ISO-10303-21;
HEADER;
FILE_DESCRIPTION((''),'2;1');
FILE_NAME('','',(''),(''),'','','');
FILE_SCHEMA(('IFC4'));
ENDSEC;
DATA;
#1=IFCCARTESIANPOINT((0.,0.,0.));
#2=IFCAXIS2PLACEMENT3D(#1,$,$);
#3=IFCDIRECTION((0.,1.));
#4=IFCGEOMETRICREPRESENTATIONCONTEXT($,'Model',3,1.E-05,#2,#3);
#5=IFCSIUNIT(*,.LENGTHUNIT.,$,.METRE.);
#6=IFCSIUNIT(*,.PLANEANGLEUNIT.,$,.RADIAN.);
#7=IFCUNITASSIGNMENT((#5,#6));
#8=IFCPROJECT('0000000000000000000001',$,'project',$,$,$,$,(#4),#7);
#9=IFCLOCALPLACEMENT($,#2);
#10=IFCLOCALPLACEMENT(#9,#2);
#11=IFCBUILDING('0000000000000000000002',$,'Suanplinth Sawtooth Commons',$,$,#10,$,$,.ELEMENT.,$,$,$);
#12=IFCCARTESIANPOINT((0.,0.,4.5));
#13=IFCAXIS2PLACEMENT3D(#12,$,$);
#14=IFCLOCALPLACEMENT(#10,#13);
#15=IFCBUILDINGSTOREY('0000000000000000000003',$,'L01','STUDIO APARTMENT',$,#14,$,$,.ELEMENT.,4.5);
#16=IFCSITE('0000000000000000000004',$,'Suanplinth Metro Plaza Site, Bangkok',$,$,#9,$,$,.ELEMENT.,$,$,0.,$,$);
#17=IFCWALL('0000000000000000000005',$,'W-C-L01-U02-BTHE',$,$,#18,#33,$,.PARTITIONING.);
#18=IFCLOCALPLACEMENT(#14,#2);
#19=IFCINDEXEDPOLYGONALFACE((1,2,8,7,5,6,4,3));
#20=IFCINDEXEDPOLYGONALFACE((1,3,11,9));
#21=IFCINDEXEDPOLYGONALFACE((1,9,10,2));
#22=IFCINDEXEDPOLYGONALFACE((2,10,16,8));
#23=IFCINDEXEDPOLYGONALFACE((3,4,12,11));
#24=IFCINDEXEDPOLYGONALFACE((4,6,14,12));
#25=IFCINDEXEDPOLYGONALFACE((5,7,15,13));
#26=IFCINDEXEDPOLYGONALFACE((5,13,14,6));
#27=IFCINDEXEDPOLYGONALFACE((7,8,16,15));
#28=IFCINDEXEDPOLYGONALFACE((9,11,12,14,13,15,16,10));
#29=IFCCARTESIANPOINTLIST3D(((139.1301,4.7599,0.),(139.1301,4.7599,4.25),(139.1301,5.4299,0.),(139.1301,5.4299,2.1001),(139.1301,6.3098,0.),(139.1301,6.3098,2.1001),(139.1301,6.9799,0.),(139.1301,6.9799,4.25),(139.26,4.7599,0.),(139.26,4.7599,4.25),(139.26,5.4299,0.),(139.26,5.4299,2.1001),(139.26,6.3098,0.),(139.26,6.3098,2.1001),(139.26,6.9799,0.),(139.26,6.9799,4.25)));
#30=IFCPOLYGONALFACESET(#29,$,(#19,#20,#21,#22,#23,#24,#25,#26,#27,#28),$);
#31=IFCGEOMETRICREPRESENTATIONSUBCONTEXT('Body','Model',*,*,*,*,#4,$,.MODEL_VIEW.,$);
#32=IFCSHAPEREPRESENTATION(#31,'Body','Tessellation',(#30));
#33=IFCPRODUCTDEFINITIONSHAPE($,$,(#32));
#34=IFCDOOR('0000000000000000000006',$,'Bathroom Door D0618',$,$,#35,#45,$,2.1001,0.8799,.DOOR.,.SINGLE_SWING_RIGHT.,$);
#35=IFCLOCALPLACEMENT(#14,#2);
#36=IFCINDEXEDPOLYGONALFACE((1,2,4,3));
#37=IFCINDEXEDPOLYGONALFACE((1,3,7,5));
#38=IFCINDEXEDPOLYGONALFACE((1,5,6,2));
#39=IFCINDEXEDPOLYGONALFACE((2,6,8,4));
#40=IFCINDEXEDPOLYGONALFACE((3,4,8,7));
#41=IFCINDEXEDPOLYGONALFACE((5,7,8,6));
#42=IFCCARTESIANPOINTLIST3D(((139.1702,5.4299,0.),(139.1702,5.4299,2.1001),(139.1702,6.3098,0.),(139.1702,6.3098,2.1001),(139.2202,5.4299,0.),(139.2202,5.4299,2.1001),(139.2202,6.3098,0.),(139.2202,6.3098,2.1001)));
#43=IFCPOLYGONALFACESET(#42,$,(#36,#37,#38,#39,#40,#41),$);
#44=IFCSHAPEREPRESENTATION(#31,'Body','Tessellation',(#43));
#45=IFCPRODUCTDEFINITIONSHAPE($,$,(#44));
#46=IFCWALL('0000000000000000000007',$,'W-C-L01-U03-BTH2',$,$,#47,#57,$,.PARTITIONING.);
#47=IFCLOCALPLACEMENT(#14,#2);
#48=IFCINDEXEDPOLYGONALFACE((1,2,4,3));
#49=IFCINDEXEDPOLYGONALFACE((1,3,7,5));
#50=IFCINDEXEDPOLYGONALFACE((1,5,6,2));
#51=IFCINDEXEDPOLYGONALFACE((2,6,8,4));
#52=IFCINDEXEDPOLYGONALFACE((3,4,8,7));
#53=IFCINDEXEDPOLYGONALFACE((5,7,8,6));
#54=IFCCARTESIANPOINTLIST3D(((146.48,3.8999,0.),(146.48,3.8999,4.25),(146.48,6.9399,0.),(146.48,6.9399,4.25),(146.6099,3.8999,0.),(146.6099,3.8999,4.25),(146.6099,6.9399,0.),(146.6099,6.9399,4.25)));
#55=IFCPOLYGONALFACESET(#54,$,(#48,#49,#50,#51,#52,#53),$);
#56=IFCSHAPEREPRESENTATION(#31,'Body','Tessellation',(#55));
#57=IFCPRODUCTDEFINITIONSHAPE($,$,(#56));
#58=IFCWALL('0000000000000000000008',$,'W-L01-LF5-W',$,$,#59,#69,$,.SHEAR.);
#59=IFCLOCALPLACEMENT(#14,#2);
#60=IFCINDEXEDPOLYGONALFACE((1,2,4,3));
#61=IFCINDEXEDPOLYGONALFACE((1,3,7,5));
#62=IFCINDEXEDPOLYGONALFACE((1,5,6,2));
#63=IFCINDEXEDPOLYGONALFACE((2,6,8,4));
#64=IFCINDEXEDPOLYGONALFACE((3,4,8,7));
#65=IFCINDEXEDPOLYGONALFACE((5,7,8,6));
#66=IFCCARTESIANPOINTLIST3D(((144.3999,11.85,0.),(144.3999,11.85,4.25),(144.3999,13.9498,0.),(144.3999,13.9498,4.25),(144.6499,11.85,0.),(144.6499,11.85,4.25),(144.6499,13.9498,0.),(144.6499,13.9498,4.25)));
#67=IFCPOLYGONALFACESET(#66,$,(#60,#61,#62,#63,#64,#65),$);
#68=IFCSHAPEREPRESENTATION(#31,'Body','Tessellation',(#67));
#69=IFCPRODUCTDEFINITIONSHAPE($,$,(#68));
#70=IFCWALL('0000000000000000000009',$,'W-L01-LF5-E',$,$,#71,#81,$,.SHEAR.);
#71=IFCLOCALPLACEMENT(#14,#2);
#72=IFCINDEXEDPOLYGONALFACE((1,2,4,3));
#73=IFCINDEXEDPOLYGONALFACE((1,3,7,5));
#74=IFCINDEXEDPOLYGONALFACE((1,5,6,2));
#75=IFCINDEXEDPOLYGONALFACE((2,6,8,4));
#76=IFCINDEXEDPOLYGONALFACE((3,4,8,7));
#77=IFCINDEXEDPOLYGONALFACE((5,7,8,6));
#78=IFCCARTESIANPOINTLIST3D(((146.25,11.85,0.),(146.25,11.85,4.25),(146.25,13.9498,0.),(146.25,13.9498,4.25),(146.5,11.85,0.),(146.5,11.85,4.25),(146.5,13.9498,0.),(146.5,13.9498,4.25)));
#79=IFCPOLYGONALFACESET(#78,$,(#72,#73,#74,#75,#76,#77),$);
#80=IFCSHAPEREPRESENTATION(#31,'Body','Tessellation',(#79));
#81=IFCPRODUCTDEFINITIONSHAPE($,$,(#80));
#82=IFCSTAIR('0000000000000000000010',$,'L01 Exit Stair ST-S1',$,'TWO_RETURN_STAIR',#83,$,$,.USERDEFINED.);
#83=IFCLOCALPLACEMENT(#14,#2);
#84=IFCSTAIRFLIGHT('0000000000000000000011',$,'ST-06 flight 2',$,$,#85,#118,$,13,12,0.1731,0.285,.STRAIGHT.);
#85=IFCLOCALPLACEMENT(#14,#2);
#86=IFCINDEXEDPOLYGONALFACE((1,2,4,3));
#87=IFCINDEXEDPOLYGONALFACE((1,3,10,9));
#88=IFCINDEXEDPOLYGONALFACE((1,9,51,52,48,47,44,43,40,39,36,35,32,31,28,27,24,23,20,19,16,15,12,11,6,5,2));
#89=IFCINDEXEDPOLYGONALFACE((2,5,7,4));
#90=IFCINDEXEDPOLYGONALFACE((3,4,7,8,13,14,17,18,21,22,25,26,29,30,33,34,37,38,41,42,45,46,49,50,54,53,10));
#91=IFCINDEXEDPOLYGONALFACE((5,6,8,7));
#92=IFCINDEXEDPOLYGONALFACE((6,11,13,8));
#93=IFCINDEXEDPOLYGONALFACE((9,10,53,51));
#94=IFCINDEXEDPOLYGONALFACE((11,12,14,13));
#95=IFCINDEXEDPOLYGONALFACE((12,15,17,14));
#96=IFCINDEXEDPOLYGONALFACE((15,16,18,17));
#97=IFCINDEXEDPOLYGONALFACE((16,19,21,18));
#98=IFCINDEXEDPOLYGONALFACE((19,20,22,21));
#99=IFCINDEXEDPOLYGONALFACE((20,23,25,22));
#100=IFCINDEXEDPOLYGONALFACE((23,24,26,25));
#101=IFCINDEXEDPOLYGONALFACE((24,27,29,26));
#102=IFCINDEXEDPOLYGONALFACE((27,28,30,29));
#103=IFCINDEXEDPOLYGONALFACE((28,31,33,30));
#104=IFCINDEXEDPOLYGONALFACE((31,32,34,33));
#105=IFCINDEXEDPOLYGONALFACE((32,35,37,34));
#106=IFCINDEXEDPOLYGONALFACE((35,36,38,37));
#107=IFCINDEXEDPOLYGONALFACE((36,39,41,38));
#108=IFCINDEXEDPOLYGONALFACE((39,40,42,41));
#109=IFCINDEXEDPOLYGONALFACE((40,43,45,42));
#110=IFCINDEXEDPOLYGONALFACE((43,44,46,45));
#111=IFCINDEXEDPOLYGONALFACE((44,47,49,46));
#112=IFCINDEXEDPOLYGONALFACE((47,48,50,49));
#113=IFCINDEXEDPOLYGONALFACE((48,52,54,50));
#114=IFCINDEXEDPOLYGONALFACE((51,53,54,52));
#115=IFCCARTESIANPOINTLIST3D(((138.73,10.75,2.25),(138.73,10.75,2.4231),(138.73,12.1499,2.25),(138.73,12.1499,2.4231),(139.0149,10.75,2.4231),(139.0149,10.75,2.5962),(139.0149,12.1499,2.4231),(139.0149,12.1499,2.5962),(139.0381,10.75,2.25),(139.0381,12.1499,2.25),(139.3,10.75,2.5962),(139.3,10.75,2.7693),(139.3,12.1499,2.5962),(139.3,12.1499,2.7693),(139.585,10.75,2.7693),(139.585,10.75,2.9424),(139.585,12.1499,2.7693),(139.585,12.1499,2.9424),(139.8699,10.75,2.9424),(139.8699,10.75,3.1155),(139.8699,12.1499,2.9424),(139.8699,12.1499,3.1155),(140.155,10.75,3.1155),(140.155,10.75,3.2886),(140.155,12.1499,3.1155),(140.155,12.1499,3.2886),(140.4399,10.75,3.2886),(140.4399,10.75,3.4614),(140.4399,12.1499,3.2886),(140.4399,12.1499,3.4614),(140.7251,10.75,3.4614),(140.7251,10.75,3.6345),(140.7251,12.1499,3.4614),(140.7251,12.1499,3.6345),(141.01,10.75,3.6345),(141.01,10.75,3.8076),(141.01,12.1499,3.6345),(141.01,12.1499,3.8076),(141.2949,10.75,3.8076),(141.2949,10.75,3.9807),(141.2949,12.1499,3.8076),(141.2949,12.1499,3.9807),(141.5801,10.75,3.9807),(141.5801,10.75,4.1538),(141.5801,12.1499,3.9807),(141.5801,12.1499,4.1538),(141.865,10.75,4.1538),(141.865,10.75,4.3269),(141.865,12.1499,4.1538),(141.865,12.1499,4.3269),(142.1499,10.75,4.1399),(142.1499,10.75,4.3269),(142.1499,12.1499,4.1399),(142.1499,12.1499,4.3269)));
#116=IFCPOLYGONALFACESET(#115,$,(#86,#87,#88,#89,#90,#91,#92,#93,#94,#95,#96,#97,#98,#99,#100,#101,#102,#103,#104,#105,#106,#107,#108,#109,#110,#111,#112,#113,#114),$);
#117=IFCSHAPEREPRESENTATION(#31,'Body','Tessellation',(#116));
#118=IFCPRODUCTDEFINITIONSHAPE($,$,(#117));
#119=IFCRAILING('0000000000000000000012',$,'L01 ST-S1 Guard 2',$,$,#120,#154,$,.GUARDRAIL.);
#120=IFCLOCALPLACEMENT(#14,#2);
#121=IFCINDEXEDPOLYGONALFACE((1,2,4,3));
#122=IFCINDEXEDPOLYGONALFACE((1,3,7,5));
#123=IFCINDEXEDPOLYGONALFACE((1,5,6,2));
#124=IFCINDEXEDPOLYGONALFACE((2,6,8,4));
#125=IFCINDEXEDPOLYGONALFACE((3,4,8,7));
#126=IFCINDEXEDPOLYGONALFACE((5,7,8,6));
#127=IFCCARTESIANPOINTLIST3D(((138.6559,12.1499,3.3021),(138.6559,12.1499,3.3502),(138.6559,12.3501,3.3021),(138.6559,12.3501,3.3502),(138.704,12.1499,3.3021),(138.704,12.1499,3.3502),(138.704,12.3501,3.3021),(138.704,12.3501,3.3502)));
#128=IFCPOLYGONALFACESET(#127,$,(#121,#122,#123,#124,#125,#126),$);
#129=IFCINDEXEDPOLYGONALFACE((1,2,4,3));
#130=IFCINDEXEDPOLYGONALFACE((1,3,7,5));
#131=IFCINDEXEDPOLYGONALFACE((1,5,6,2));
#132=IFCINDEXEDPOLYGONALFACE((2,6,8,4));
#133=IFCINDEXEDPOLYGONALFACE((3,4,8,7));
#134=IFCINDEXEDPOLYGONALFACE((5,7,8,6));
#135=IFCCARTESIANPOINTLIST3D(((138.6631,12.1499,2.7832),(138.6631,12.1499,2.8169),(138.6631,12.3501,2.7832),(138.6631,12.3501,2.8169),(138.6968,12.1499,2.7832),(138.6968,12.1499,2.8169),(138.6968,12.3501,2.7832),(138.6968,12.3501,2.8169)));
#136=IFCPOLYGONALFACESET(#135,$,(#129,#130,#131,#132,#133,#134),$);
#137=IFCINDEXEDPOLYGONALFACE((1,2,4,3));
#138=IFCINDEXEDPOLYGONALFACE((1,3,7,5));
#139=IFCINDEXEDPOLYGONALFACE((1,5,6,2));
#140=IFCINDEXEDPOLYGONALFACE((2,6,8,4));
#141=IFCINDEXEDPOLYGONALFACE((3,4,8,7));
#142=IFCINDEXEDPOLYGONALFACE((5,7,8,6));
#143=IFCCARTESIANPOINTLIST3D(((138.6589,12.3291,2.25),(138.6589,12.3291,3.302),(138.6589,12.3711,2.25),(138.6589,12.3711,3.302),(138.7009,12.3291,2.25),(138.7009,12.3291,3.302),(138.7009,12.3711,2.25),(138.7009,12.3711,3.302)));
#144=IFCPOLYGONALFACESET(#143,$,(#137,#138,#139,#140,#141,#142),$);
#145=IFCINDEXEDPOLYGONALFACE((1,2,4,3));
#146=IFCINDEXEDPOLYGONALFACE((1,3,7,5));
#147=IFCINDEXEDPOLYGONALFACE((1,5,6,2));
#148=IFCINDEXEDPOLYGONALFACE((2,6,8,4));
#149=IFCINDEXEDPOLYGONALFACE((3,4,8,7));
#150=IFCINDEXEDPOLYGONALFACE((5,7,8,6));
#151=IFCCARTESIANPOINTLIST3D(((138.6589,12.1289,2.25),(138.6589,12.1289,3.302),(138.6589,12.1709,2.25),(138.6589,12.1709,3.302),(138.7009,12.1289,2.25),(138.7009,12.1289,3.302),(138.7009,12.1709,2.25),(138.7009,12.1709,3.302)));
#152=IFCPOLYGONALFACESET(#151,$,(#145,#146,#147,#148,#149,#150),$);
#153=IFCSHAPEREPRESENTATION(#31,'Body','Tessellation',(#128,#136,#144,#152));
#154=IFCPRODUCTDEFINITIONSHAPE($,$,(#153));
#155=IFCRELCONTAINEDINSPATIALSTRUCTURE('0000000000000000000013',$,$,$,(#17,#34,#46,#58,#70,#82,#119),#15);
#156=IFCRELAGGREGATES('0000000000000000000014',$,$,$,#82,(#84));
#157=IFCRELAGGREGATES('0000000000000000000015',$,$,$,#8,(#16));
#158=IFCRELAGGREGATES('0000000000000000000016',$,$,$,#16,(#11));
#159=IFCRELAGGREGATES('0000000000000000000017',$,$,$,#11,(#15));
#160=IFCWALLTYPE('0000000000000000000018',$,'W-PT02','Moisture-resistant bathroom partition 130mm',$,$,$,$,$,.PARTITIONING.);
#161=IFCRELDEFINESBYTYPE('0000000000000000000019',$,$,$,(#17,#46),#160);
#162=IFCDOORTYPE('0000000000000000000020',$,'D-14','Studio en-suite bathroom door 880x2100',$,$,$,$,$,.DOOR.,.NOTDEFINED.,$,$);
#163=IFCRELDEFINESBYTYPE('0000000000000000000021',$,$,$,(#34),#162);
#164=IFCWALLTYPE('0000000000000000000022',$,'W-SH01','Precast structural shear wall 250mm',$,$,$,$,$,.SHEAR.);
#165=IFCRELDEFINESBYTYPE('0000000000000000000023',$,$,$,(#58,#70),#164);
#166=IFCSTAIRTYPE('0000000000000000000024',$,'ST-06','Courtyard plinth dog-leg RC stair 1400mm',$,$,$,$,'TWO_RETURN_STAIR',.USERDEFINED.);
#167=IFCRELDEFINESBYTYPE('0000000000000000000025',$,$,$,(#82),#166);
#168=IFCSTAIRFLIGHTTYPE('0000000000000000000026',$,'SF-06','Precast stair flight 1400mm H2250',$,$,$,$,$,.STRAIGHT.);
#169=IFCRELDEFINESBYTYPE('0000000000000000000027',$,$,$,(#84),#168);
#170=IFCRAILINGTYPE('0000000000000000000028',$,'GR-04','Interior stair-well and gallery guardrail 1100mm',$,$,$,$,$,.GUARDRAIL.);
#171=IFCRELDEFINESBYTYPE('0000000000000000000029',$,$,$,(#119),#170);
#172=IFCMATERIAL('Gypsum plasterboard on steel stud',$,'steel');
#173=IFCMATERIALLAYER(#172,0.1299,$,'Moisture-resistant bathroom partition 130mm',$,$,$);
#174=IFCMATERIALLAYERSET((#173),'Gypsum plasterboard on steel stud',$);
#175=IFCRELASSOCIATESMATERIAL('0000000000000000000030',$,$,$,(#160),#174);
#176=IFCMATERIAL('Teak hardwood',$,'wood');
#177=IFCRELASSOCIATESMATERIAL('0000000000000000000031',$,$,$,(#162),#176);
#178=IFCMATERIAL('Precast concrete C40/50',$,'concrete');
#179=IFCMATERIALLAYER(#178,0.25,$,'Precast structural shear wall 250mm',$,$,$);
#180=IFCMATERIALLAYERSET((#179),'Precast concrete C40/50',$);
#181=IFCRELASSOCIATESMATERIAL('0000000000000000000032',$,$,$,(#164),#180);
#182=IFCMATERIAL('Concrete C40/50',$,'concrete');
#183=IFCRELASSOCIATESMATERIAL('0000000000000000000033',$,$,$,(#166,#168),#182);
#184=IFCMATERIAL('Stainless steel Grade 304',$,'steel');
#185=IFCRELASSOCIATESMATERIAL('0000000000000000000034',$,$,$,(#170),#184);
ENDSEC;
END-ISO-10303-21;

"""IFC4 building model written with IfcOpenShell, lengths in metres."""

from ifc_helpers import new_model, si_unit, direction, frame, frame_2d, origin, origin_2d, place, context, subcontext, project, spatial, polyline, rectangle, outline, extrude, material, layer, layer_set, type_object, element, fill, aggregate, save


model = new_model("IFC4")

# Units and contexts
model_context = context("Model", 3, precision=1e-05, world=origin(), true_north=direction((0.0, 1.0)))
body_context = subcontext(model_context, "Body", "Model", "MODEL_VIEW")
ifc_project = project(units=[si_unit("LENGTHUNIT", "METRE"), si_unit("PLANEANGLEUNIT", "RADIAN")], contexts=[model_context])

# Site, building, storey
site_placement = place(None, origin())
site = spatial("IfcSite", under=ifc_project, at=site_placement, Name="Suanplinth Metro Plaza Site, Bangkok", CompositionType="ELEMENT", RefElevation=0.0)
building_placement = place(site_placement, origin())
building = spatial("IfcBuilding", under=site, at=building_placement, Name="Suanplinth Sawtooth Commons", CompositionType="ELEMENT")
storey_placement = place(building_placement, frame((0.0, 0.0, 4.5)))
storey = spatial("IfcBuildingStorey", under=building, at=storey_placement, Name="L01", Description="STUDIO APARTMENT", CompositionType="ELEMENT", Elevation=4.5)

# Shared definitions
ifc_material_1 = material(Name="Concrete C40/50", Category="concrete")

# Shared definitions
ifc_material_2 = material(Name="Precast concrete C40/50", Category="concrete")

# Shared definitions
ifc_material_3 = material(Name="Gypsum plasterboard on steel stud", Category="steel")

# Wall, opening, door
ifc_layer_1 = layer(ifc_material_3, 0.1299, Name="Moisture-resistant bathroom partition 130mm")
ifc_layer_set_1 = layer_set([ifc_layer_1], Name="Gypsum plasterboard on steel stud")
wall_type_1 = type_object("IfcWallType", Name="W-PT02", Description="Moisture-resistant bathroom partition 130mm", PredefinedType="PARTITIONING", material=ifc_layer_set_1)
wall_1_placement = place(storey_placement, frame((139.1951, 4.76, 0.0), z_axis=(0.0, 0.0, 1.0), x_axis=(0.0, 1.0, 0.0)))
wall_1 = element("IfcWall", 1, at=wall_1_placement, inside=storey, type_object=wall_type_1, Name="W-C-L01-U02-BTHE", PredefinedType="PARTITIONING", context=body_context, shape_type="SweptSolid", body=[
    extrude(rectangle(XDim=2.22, YDim=0.1299, at=frame_2d((1.1099, 0.0))), origin(), (0.0, 0.0, 1.0), 4.25),
])
opening_1_placement = place(wall_1_placement, frame((0.6699, 0.0, 0.0)))
opening_1 = element("IfcOpeningElement", 2, at=opening_1_placement, cuts=wall_1, PredefinedType="OPENING", context=body_context, shape_type="SweptSolid", body=[
    extrude(rectangle(XDim=0.8799, YDim=2.1001, at=frame_2d((0.4399, 1.05))), frame((0.0, 0.0798, 0.0), z_axis=(0.0, -1.0, 0.0), x_axis=(1.0, 0.0, 0.0)), (0.0, 0.0, 1.0), 0.1597),
])
ifc_material_4 = material(Name="Teak hardwood", Category="wood")
door_type_1 = type_object("IfcDoorType", Name="D-14", Description="Studio en-suite bathroom door 880x2100", OperationType="NOTDEFINED", PredefinedType="DOOR", material=ifc_material_4)
door_1_placement = place(opening_1_placement, origin())
door_1 = element("IfcDoor", 3, at=door_1_placement, inside=storey, type_object=door_type_1, Name="Bathroom Door D0618", OperationType="SINGLE_SWING_RIGHT", OverallHeight=2.1001, OverallWidth=0.8799, PredefinedType="DOOR", context=body_context, shape_type="SweptSolid", body=[
    extrude(rectangle(XDim=0.8799, YDim=2.1001, at=frame_2d((0.4399, 1.05))), frame((0.0, 0.0249, 0.0), z_axis=(0.0, -1.0, 0.0), x_axis=(1.0, 0.0, 0.0)), (0.0, 0.0, 1.0), 0.05),
])
fill(opening_1, door_1)

# Wall
wall_2_placement = place(storey_placement, frame((146.5449, 3.8999, 0.0), z_axis=(0.0, 0.0, 1.0), x_axis=(0.0, 1.0, 0.0)))
element("IfcWall", 4, at=wall_2_placement, inside=storey, type_object=wall_type_1, Name="W-C-L01-U03-BTH2", PredefinedType="PARTITIONING", context=body_context, shape_type="SweptSolid", body=[
    extrude(rectangle(XDim=3.04, YDim=0.1299, at=frame_2d((1.52, 0.0))), origin(), (0.0, 0.0, 1.0), 4.25),
])

# Shared definitions
ifc_layer_2 = layer(ifc_material_2, 0.25, Name="Precast structural shear wall 250mm")
ifc_layer_set_2 = layer_set([ifc_layer_2], Name="Precast concrete C40/50")
wall_type_2 = type_object("IfcWallType", Name="W-SH01", Description="Precast structural shear wall 250mm", PredefinedType="SHEAR", material=ifc_layer_set_2)
ifc_material_5 = material(Name="Stainless steel Grade 304", Category="steel")

# Walls
for number, where, z_axis, x_axis, name in (
    (5, (144.5249, 11.8501, 0.0), (0.0, 0.0, 1.0), (0.0, 1.0, 0.0), "W-L01-LF5-W"),
    (6, (146.375, 11.8501, 0.0), (0.0, 0.0, 1.0), (0.0, 1.0, 0.0), "W-L01-LF5-E"),
):
    element("IfcWall", number, at=place(storey_placement, frame(where, z_axis=z_axis, x_axis=x_axis)), inside=storey, type_object=wall_type_2, Name=name, PredefinedType="SHEAR", context=body_context, shape_type="SweptSolid", body=[
        extrude(rectangle(XDim=2.0999, YDim=0.25, at=frame_2d((1.0498, 0.0))), origin(), (0.0, 0.0, 1.0), 4.25),
    ])

# Stair, stair flight
stair_type = type_object("IfcStairType", Name="ST-06", Description="Courtyard plinth dog-leg RC stair 1400mm", ElementType="TWO_RETURN_STAIR", PredefinedType="USERDEFINED", material=ifc_material_1)
stair_placement = place(storey_placement, origin())
stair = element("IfcStair", 7, at=stair_placement, inside=storey, type_object=stair_type, Name="L01 Exit Stair ST-S1", ObjectType="TWO_RETURN_STAIR", PredefinedType="USERDEFINED")
stair_flight_type = type_object("IfcStairFlightType", Name="SF-06", Description="Precast stair flight 1400mm H2250", PredefinedType="STRAIGHT", material=ifc_material_1)
stair_flight_placement = place(storey_placement, frame((138.73, 11.45, 2.25), z_axis=(0.0, 0.0, 1.0), x_axis=(1.0, 0.0, 0.0)))
stair_flight = element("IfcStairFlight", 8, at=stair_flight_placement, type_object=stair_flight_type, Name="ST-06 flight 2", NumberOfRisers=13, NumberOfTreads=12, PredefinedType="STRAIGHT", RiserHeight=0.1731, TreadLength=0.285, context=body_context, shape_type="SweptSolid", body=[
    extrude(outline(polyline([(0.0, 0.0), (0.0, 0.1731), (0.2849, 0.1731), (0.2849, 0.3462), (0.5701, 0.3462), (0.5701, 0.5193), (0.855, 0.5193), (0.855, 0.6924), (1.1399, 0.6924), (1.1399, 0.8655), (1.425, 0.8655), (1.425, 1.0386), (1.71, 1.0386), (1.71, 1.2114), (1.9951, 1.2114), (1.9951, 1.3845), (2.28, 1.3845), (2.28, 1.5576), (2.5649, 1.5576), (2.5649, 1.7307), (2.8501, 1.7307), (2.8501, 1.9038), (3.135, 1.9038), (3.135, 2.0769), (3.4199, 2.0769), (3.4199, 2.25), (3.4199, 1.8899), (0.3081, 0.0), (0.0, 0.0)])), frame((0.0, 0.7, 0.0), z_axis=(0.0, -1.0, 0.0), x_axis=(1.0, 0.0, 0.0)), (0.0, 0.0, 1.0), 1.3999),
])
aggregate(stair, [stair_flight])

# Railing
railing_type_1 = type_object("IfcRailingType", Name="GR-04", Description="Interior stair-well and gallery guardrail 1100mm", PredefinedType="GUARDRAIL", material=ifc_material_5)
railing_1_placement = place(storey_placement, frame((138.6799, 12.3501, 2.25)))
element("IfcRailing", 9, at=railing_1_placement, inside=storey, type_object=railing_type_1, Name="L01 ST-S1 Guard 2", PredefinedType="GUARDRAIL", context=body_context, shape_type="SweptSolid", body=[
    extrude(rectangle(XDim=0.0481, YDim=0.0481, at=origin_2d()), frame((0.0, 0.0, 1.0762), z_axis=(0.0, -1.0, 0.0), x_axis=(1.0, 0.0, 0.0)), (0.0, 0.0, 1.0), 0.2002),
    extrude(rectangle(XDim=0.0337, YDim=0.0337, at=origin_2d()), frame((0.0, 0.0, 0.55), z_axis=(0.0, -1.0, 0.0), x_axis=(1.0, 0.0, 0.0)), (0.0, 0.0, 1.0), 0.2002),
    extrude(rectangle(XDim=0.042, YDim=0.042, at=origin_2d()), origin(), (0.0, 0.0, 1.0), 1.052),
    extrude(rectangle(XDim=0.042, YDim=0.042, at=origin_2d()), frame((0.0, -0.2002, 0.0)), (0.0, 0.0, 1.0), 1.052),
])

save(model, "model.ifc")
